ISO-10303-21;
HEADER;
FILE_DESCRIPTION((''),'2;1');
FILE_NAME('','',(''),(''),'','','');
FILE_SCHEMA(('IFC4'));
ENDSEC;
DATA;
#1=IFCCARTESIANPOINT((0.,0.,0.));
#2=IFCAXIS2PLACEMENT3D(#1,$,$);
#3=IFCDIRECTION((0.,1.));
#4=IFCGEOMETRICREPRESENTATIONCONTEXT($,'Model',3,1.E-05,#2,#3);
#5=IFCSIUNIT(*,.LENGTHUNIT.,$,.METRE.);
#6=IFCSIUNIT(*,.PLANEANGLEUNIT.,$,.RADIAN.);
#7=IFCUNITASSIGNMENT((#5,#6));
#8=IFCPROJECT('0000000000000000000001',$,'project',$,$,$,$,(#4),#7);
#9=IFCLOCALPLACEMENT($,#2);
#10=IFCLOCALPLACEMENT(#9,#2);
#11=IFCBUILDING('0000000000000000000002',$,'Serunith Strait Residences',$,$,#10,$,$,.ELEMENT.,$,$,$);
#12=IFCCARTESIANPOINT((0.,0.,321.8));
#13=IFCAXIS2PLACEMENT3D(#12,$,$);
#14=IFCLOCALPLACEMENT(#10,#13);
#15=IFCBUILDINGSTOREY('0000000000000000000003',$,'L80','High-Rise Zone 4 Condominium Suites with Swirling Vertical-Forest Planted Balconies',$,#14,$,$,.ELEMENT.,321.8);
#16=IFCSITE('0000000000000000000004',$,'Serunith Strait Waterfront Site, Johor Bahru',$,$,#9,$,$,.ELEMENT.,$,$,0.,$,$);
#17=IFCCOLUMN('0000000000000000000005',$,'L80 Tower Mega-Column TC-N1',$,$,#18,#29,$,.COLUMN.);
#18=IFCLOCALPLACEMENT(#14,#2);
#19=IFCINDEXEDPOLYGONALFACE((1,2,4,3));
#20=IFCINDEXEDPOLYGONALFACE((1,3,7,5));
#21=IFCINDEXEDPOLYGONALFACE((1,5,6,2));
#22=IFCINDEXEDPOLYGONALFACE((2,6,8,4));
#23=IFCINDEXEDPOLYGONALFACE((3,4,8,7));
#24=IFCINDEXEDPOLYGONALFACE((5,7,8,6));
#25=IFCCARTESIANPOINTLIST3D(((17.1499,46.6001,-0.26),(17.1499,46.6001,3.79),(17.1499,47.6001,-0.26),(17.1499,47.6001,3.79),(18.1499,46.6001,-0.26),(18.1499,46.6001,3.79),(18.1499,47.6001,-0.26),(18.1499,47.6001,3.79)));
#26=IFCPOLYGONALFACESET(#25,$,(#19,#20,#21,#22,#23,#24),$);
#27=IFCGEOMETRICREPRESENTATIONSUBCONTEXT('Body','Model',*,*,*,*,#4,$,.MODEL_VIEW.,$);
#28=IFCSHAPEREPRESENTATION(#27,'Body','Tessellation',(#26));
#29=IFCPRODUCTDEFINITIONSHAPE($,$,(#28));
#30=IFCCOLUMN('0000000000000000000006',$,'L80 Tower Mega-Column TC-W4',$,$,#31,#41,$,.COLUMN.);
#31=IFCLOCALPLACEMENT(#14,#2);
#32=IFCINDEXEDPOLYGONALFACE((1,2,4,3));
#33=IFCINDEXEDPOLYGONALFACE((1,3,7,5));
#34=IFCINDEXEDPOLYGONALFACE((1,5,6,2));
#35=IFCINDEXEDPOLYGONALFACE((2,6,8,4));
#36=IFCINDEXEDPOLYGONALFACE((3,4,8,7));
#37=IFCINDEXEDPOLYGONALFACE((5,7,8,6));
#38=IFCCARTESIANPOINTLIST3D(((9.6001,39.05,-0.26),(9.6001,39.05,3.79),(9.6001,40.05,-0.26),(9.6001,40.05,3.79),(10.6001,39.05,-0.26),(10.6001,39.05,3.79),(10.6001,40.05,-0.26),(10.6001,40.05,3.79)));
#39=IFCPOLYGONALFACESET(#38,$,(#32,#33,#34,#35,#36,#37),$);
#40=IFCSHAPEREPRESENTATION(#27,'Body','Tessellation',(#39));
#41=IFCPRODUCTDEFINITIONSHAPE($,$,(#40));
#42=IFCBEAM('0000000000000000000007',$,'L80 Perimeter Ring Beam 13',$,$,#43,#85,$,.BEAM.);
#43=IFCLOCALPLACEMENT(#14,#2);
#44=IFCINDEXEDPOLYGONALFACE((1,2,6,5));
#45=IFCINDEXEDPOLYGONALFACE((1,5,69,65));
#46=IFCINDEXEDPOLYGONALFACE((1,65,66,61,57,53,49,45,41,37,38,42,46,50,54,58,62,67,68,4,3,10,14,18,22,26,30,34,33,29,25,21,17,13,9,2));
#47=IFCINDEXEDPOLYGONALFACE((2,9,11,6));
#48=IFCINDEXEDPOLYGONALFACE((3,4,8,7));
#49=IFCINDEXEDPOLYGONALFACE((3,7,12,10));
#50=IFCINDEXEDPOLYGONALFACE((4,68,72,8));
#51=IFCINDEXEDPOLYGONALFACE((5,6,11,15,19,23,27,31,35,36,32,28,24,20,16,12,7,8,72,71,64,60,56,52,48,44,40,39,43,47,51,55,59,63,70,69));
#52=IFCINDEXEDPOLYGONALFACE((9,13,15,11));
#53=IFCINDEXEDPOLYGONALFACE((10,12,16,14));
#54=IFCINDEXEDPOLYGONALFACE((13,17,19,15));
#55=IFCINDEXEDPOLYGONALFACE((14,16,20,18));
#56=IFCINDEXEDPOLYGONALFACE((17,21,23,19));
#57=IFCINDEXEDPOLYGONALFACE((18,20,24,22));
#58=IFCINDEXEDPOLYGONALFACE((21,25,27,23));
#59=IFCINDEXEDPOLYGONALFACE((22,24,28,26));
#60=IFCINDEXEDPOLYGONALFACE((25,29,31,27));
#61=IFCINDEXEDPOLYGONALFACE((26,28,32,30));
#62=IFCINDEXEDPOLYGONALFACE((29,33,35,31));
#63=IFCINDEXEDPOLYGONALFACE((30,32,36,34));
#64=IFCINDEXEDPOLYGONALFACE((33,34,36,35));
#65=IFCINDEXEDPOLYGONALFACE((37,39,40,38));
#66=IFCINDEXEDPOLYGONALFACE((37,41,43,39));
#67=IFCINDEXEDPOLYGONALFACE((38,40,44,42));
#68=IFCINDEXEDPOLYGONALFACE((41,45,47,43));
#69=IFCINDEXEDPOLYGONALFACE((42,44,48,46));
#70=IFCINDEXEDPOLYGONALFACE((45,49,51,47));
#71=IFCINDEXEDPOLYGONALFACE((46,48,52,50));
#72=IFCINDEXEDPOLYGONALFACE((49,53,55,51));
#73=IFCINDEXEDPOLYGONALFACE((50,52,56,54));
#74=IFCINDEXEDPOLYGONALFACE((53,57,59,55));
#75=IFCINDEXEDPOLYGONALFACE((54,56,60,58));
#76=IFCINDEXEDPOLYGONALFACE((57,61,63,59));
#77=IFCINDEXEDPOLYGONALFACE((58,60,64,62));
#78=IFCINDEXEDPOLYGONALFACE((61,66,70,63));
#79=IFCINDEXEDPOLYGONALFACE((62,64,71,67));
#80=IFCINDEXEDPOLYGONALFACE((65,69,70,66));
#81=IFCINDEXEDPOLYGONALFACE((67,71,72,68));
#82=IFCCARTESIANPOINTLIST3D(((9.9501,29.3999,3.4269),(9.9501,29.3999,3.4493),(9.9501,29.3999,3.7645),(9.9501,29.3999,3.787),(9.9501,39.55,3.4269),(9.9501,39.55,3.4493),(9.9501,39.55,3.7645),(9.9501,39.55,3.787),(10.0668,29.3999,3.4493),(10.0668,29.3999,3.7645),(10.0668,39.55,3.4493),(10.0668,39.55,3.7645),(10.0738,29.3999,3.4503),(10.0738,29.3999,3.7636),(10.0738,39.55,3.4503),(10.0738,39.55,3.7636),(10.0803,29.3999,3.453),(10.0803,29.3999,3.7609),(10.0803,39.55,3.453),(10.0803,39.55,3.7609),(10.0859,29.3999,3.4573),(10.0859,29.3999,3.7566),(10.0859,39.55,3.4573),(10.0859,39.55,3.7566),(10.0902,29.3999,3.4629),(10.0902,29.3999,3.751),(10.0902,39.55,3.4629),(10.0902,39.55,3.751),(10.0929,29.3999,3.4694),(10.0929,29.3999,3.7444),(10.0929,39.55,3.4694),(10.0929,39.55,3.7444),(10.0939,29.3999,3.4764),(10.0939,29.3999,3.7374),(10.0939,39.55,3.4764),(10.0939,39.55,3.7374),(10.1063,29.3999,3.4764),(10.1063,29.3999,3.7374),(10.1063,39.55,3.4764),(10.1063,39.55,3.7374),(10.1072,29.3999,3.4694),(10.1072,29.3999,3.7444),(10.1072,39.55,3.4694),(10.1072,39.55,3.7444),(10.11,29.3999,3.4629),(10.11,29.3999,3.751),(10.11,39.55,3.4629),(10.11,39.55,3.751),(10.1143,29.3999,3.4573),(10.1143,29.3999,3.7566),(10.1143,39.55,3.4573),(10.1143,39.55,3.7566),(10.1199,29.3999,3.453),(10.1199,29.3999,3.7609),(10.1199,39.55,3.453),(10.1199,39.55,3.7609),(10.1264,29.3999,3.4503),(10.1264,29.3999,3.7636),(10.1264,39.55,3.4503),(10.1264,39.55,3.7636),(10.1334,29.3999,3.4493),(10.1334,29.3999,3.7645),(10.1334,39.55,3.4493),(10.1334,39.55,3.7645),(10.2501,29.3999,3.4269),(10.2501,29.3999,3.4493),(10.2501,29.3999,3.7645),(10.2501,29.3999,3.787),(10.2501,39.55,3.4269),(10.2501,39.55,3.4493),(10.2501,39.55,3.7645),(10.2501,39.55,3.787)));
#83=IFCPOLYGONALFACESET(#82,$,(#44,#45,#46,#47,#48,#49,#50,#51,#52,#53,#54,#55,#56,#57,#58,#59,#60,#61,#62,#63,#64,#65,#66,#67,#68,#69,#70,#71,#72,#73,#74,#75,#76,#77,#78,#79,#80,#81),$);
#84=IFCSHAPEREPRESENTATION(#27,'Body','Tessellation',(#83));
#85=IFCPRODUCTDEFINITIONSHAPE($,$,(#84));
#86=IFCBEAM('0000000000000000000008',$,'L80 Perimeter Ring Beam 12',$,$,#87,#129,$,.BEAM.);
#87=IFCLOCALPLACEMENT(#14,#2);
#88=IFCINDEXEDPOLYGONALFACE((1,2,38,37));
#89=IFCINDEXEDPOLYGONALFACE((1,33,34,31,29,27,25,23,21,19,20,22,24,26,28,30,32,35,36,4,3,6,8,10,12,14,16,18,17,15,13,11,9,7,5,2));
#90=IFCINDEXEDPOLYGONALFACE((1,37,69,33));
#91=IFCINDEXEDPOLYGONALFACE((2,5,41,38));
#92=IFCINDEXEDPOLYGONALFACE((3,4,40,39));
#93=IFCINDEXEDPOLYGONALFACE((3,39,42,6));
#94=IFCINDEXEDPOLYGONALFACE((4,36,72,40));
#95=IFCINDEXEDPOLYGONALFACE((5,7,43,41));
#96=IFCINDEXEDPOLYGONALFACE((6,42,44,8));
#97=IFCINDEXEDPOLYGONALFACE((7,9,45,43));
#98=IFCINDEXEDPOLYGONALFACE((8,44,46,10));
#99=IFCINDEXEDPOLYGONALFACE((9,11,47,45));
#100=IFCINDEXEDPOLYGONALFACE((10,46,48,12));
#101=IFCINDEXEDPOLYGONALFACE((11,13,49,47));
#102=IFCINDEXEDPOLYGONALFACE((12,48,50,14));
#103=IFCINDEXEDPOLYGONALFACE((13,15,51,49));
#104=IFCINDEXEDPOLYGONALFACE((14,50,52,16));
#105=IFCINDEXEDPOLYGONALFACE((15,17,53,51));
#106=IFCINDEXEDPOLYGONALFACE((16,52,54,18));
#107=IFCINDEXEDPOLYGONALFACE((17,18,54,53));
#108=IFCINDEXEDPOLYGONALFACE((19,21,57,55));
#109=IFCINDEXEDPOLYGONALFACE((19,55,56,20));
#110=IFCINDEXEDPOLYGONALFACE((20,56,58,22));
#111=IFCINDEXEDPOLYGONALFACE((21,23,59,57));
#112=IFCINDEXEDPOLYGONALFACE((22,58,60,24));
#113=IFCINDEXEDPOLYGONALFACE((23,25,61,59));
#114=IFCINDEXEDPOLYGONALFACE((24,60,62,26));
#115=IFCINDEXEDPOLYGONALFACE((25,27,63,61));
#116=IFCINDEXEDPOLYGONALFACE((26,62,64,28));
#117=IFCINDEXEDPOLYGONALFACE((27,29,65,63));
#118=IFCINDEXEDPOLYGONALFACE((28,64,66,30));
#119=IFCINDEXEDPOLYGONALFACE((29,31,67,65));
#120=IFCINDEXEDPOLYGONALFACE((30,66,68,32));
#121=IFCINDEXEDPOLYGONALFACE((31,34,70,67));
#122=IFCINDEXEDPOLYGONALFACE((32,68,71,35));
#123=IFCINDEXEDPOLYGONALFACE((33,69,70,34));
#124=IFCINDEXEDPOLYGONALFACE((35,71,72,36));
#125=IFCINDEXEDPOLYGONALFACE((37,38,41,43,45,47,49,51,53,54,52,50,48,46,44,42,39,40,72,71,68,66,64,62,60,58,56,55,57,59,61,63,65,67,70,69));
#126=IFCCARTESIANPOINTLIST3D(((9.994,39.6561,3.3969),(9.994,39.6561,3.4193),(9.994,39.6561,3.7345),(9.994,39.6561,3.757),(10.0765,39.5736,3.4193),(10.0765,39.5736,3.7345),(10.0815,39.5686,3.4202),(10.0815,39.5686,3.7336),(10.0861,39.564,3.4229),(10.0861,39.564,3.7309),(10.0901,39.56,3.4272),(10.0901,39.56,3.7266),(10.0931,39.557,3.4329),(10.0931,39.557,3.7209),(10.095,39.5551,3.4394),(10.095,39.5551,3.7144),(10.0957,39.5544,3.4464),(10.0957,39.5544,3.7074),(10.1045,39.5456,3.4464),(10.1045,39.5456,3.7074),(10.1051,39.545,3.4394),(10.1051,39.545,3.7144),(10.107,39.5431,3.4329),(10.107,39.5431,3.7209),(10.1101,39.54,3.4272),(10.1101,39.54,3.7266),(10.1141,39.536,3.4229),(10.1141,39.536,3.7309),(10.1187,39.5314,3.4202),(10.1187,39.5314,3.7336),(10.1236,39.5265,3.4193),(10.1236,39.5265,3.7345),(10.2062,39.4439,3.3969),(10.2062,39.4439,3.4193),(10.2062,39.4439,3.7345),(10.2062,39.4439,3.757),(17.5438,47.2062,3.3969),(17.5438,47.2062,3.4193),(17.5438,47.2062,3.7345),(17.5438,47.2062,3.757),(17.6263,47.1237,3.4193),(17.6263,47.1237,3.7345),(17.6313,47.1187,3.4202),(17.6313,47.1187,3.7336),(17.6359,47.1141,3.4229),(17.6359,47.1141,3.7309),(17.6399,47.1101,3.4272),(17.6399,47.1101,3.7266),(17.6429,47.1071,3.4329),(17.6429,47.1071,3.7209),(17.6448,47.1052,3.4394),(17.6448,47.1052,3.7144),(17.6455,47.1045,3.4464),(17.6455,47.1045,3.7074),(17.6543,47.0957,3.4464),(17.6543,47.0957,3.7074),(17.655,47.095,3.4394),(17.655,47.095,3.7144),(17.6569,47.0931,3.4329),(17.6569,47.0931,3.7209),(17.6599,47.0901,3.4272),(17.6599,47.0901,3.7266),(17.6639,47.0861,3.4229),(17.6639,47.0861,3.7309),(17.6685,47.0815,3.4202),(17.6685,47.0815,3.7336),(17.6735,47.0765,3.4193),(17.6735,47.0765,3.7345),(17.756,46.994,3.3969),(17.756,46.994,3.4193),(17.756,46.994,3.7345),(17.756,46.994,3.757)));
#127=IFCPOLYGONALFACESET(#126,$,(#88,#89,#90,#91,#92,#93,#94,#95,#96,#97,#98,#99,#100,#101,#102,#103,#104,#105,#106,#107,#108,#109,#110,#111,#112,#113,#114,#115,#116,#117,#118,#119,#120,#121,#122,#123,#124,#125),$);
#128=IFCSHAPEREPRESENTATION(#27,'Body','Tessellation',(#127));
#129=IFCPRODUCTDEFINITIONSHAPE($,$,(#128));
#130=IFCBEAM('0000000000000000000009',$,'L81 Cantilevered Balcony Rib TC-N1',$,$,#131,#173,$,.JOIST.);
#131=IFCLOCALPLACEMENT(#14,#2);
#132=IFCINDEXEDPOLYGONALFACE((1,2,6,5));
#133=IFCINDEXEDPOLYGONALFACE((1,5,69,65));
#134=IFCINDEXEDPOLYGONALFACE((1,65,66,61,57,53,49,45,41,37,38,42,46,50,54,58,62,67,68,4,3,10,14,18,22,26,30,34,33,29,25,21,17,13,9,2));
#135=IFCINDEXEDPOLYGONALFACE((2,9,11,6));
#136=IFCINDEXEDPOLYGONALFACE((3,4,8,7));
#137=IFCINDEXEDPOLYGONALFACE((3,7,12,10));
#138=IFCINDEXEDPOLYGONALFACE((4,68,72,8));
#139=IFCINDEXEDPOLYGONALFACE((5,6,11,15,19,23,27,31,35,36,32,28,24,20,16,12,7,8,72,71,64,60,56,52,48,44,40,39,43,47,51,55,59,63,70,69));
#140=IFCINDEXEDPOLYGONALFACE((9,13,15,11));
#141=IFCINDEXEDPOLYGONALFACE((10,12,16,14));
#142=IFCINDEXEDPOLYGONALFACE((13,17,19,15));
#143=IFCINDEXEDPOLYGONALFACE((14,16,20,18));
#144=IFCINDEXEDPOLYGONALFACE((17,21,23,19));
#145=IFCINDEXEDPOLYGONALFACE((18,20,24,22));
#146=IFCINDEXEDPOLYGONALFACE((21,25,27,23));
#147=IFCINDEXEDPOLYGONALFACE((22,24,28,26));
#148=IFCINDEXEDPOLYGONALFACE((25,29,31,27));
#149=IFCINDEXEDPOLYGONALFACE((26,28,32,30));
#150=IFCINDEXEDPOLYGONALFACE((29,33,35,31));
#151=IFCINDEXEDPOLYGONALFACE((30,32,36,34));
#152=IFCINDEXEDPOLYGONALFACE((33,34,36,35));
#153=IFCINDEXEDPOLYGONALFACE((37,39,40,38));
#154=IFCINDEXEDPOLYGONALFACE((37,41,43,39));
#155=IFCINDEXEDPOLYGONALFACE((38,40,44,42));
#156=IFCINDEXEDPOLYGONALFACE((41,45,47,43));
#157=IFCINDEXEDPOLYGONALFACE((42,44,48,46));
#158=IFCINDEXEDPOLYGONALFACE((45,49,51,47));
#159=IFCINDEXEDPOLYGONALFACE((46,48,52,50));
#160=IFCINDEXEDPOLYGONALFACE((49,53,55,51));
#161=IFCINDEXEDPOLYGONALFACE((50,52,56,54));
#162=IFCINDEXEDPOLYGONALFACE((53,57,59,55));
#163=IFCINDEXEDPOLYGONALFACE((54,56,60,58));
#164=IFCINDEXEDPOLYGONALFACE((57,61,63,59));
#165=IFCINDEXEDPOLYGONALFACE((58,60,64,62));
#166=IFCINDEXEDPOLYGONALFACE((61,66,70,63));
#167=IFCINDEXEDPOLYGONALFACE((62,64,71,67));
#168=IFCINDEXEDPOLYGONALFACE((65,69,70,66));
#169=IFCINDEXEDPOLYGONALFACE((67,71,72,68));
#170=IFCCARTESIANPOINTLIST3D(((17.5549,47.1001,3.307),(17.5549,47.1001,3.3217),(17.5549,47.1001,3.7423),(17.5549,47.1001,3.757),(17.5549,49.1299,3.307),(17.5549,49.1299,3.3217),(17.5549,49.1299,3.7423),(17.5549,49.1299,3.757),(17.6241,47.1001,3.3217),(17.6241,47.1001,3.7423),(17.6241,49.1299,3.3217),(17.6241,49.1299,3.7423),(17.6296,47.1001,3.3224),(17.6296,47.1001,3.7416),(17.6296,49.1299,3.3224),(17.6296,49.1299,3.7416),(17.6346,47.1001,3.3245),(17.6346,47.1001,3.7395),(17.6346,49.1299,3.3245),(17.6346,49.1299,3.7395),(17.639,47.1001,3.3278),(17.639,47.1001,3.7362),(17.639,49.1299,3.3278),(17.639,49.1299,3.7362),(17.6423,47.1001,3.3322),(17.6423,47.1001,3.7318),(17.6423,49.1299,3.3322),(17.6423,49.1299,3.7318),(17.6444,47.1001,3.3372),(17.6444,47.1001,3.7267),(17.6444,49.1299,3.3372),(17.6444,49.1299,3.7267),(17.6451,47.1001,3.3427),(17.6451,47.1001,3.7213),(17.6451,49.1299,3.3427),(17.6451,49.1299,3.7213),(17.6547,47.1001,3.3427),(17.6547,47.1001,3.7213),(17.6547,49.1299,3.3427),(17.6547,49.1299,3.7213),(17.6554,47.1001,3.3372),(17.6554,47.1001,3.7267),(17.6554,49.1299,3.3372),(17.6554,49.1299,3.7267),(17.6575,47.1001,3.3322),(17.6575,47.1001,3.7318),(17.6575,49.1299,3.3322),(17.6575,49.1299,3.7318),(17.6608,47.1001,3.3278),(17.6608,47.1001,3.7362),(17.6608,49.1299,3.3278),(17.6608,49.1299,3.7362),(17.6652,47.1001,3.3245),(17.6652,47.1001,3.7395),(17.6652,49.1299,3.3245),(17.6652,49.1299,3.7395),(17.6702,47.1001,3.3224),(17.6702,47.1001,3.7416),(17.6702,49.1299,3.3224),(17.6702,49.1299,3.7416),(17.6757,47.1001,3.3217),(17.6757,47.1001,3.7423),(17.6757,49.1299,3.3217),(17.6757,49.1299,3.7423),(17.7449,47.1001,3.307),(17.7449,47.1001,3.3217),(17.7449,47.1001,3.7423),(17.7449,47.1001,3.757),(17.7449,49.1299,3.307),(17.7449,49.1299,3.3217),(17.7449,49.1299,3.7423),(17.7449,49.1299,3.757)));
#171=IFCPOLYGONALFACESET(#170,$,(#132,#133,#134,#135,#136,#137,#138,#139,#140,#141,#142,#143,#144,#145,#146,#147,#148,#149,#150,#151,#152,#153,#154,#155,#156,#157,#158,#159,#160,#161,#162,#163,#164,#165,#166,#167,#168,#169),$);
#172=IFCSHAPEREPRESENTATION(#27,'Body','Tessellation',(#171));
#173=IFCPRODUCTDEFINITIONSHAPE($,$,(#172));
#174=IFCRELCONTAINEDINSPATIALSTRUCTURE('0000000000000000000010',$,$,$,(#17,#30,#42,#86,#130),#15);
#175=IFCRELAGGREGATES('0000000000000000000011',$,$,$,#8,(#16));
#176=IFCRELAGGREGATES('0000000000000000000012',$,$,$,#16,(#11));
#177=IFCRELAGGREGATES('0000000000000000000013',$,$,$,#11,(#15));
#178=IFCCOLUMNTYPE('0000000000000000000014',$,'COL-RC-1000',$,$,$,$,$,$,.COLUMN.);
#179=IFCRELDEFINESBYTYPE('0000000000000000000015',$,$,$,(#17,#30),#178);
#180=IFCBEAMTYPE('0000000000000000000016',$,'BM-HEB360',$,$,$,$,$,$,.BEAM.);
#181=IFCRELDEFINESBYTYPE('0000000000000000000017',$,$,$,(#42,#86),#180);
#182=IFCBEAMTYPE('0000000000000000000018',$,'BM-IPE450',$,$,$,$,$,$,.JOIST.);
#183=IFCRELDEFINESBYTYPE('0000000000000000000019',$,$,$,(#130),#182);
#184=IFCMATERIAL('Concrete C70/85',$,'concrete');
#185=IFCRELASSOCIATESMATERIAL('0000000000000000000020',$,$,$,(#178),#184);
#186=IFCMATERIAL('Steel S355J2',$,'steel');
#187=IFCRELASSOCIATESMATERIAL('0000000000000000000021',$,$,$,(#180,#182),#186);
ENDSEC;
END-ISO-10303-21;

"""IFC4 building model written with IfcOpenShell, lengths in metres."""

from ifc_helpers import new_model, si_unit, direction, frame, origin, origin_2d, place, context, subcontext, project, spatial, rectangle, i_section, extrude, source, transform, mapped, material, material_profile, profile_set, type_object, element, save


model = new_model("IFC4")

# Units and contexts
model_context = context("Model", 3, precision=1e-05, world=origin(), true_north=direction((0.0, 1.0)))
body_context = subcontext(model_context, "Body", "Model", "MODEL_VIEW")
ifc_project = project(units=[si_unit("LENGTHUNIT", "METRE"), si_unit("PLANEANGLEUNIT", "RADIAN")], contexts=[model_context])

# Site, building, storey
site_placement = place(None, origin())
site = spatial("IfcSite", under=ifc_project, at=site_placement, Name="Serunith Strait Waterfront Site, Johor Bahru", CompositionType="ELEMENT", RefElevation=0.0)
building_placement = place(site_placement, origin())
building = spatial("IfcBuilding", under=site, at=building_placement, Name="Serunith Strait Residences", CompositionType="ELEMENT")
storey_placement = place(building_placement, frame((0.0, 0.0, 321.8)))
storey = spatial("IfcBuildingStorey", under=building, at=storey_placement, Name="L80", Description="High-Rise Zone 4 Condominium Suites with Swirling Vertical-Forest Planted Balconies", CompositionType="ELEMENT", Elevation=321.8)

# Columns
ifc_material_1 = material(Name="Concrete C70/85", Category="concrete")
ifc_material_profile_1 = material_profile(ifc_material_1, rectangle(XDim=1.0, YDim=1.0, at=origin_2d()), Name="RC 1000x1000")
ifc_profile_set_1 = profile_set([ifc_material_profile_1], Name="Concrete C70/85")
column_type = type_object("IfcColumnType", Name="COL-RC-1000", PredefinedType="COLUMN", material=ifc_profile_set_1)
shared_shape_1 = source(origin(), body_context, "Body", "SweptSolid", [
    extrude(rectangle(XDim=1.0, YDim=1.0, at=origin_2d()), origin(), (0.0, 0.0, 1.0), 4.05),
])
for number, where, z_axis, x_axis, name in (
    (1, (17.6499, 47.1001, -0.26), (0.0, 0.0, 1.0), (1.0, 0.0, 0.0), "L80 Tower Mega-Column TC-N1"),
    (2, (10.1001, 39.55, -0.26), (0.0, 0.0, 1.0), (1.0, 0.0, 0.0), "L80 Tower Mega-Column TC-W4"),
):
    element("IfcColumn", number, at=place(storey_placement, frame(where, z_axis=z_axis, x_axis=x_axis)), inside=storey, type_object=column_type, Name=name, PredefinedType="COLUMN", context=body_context, shape_type="MappedRepresentation", body=[
        mapped(shared_shape_1, transform((0.0, 0.0, 0.0), scale=1.0)),
    ])

# Beams
ifc_material_2 = material(Name="Steel S355J2", Category="steel")
ifc_material_profile_2 = material_profile(ifc_material_2, i_section(OverallWidth=0.3, OverallDepth=0.3601, WebThickness=0.0125, FlangeThickness=0.0225, FilletRadius=0.0271, at=origin_2d()), Name="HEB 360")
ifc_profile_set_2 = profile_set([ifc_material_profile_2], Name="Steel S355J2")
beam_type_1 = type_object("IfcBeamType", Name="BM-HEB360", PredefinedType="BEAM", material=ifc_profile_set_2)
shared_shape_2 = source(origin(), body_context, "Body", "SweptSolid", [
    extrude(i_section(OverallWidth=0.3, OverallDepth=0.3601, WebThickness=0.0125, FlangeThickness=0.0225, FilletRadius=0.0271, at=origin_2d()), origin(), (0.0, 0.0, 1.0), 10.1501),
])
beam_1_placement = place(storey_placement, frame((10.1001, 39.55, 3.6069), z_axis=(0.0, -1.0, 0.0), x_axis=(1.0, 0.0, 0.0)))
element("IfcBeam", 3, at=beam_1_placement, inside=storey, type_object=beam_type_1, Name="L80 Perimeter Ring Beam 13", PredefinedType="BEAM", context=body_context, shape_type="MappedRepresentation", body=[
    mapped(shared_shape_2, transform((0.0, 0.0, 0.0), scale=1.0)),
])
shared_shape_3 = source(origin(), body_context, "Body", "SweptSolid", [
    extrude(i_section(OverallWidth=0.3, OverallDepth=0.3601, WebThickness=0.0125, FlangeThickness=0.0225, FilletRadius=0.0271, at=origin_2d()), origin(), (0.0, 0.0, 1.0), 10.6772),
])
beam_2_placement = place(storey_placement, frame((17.6499, 47.1001, 3.5769), z_axis=(-0.707095, -0.707118, 0.0), x_axis=(0.707118, -0.707095, 0.0)))
element("IfcBeam", 4, at=beam_2_placement, inside=storey, type_object=beam_type_1, Name="L80 Perimeter Ring Beam 12", PredefinedType="BEAM", context=body_context, shape_type="MappedRepresentation", body=[
    mapped(shared_shape_3, transform((0.0, 0.0, 0.0), scale=1.0)),
])
ifc_material_profile_3 = material_profile(ifc_material_2, i_section(OverallWidth=0.1899, OverallDepth=0.45, WebThickness=0.0095, FlangeThickness=0.0146, FilletRadius=0.021, at=origin_2d()), Name="IPE 450")
ifc_profile_set_3 = profile_set([ifc_material_profile_3], Name="Steel S355J2")
beam_type_2 = type_object("IfcBeamType", Name="BM-IPE450", PredefinedType="JOIST", material=ifc_profile_set_3)
shared_shape_4 = source(origin(), body_context, "Body", "SweptSolid", [
    extrude(i_section(OverallWidth=0.1899, OverallDepth=0.45, WebThickness=0.0095, FlangeThickness=0.0146, FilletRadius=0.021, at=origin_2d()), origin(), (0.0, 0.0, 1.0), 2.0298),
])
beam_3_placement = place(storey_placement, frame((17.6499, 47.1001, 3.532), z_axis=(0.0, 1.0, 0.0), x_axis=(-1.0, 0.0, 0.0)))
element("IfcBeam", 5, at=beam_3_placement, inside=storey, type_object=beam_type_2, Name="L81 Cantilevered Balcony Rib TC-N1", PredefinedType="JOIST", context=body_context, shape_type="MappedRepresentation", body=[
    mapped(shared_shape_4, transform((0.0, 0.0, 0.0), scale=1.0)),
])

save(model, "model.ifc")
